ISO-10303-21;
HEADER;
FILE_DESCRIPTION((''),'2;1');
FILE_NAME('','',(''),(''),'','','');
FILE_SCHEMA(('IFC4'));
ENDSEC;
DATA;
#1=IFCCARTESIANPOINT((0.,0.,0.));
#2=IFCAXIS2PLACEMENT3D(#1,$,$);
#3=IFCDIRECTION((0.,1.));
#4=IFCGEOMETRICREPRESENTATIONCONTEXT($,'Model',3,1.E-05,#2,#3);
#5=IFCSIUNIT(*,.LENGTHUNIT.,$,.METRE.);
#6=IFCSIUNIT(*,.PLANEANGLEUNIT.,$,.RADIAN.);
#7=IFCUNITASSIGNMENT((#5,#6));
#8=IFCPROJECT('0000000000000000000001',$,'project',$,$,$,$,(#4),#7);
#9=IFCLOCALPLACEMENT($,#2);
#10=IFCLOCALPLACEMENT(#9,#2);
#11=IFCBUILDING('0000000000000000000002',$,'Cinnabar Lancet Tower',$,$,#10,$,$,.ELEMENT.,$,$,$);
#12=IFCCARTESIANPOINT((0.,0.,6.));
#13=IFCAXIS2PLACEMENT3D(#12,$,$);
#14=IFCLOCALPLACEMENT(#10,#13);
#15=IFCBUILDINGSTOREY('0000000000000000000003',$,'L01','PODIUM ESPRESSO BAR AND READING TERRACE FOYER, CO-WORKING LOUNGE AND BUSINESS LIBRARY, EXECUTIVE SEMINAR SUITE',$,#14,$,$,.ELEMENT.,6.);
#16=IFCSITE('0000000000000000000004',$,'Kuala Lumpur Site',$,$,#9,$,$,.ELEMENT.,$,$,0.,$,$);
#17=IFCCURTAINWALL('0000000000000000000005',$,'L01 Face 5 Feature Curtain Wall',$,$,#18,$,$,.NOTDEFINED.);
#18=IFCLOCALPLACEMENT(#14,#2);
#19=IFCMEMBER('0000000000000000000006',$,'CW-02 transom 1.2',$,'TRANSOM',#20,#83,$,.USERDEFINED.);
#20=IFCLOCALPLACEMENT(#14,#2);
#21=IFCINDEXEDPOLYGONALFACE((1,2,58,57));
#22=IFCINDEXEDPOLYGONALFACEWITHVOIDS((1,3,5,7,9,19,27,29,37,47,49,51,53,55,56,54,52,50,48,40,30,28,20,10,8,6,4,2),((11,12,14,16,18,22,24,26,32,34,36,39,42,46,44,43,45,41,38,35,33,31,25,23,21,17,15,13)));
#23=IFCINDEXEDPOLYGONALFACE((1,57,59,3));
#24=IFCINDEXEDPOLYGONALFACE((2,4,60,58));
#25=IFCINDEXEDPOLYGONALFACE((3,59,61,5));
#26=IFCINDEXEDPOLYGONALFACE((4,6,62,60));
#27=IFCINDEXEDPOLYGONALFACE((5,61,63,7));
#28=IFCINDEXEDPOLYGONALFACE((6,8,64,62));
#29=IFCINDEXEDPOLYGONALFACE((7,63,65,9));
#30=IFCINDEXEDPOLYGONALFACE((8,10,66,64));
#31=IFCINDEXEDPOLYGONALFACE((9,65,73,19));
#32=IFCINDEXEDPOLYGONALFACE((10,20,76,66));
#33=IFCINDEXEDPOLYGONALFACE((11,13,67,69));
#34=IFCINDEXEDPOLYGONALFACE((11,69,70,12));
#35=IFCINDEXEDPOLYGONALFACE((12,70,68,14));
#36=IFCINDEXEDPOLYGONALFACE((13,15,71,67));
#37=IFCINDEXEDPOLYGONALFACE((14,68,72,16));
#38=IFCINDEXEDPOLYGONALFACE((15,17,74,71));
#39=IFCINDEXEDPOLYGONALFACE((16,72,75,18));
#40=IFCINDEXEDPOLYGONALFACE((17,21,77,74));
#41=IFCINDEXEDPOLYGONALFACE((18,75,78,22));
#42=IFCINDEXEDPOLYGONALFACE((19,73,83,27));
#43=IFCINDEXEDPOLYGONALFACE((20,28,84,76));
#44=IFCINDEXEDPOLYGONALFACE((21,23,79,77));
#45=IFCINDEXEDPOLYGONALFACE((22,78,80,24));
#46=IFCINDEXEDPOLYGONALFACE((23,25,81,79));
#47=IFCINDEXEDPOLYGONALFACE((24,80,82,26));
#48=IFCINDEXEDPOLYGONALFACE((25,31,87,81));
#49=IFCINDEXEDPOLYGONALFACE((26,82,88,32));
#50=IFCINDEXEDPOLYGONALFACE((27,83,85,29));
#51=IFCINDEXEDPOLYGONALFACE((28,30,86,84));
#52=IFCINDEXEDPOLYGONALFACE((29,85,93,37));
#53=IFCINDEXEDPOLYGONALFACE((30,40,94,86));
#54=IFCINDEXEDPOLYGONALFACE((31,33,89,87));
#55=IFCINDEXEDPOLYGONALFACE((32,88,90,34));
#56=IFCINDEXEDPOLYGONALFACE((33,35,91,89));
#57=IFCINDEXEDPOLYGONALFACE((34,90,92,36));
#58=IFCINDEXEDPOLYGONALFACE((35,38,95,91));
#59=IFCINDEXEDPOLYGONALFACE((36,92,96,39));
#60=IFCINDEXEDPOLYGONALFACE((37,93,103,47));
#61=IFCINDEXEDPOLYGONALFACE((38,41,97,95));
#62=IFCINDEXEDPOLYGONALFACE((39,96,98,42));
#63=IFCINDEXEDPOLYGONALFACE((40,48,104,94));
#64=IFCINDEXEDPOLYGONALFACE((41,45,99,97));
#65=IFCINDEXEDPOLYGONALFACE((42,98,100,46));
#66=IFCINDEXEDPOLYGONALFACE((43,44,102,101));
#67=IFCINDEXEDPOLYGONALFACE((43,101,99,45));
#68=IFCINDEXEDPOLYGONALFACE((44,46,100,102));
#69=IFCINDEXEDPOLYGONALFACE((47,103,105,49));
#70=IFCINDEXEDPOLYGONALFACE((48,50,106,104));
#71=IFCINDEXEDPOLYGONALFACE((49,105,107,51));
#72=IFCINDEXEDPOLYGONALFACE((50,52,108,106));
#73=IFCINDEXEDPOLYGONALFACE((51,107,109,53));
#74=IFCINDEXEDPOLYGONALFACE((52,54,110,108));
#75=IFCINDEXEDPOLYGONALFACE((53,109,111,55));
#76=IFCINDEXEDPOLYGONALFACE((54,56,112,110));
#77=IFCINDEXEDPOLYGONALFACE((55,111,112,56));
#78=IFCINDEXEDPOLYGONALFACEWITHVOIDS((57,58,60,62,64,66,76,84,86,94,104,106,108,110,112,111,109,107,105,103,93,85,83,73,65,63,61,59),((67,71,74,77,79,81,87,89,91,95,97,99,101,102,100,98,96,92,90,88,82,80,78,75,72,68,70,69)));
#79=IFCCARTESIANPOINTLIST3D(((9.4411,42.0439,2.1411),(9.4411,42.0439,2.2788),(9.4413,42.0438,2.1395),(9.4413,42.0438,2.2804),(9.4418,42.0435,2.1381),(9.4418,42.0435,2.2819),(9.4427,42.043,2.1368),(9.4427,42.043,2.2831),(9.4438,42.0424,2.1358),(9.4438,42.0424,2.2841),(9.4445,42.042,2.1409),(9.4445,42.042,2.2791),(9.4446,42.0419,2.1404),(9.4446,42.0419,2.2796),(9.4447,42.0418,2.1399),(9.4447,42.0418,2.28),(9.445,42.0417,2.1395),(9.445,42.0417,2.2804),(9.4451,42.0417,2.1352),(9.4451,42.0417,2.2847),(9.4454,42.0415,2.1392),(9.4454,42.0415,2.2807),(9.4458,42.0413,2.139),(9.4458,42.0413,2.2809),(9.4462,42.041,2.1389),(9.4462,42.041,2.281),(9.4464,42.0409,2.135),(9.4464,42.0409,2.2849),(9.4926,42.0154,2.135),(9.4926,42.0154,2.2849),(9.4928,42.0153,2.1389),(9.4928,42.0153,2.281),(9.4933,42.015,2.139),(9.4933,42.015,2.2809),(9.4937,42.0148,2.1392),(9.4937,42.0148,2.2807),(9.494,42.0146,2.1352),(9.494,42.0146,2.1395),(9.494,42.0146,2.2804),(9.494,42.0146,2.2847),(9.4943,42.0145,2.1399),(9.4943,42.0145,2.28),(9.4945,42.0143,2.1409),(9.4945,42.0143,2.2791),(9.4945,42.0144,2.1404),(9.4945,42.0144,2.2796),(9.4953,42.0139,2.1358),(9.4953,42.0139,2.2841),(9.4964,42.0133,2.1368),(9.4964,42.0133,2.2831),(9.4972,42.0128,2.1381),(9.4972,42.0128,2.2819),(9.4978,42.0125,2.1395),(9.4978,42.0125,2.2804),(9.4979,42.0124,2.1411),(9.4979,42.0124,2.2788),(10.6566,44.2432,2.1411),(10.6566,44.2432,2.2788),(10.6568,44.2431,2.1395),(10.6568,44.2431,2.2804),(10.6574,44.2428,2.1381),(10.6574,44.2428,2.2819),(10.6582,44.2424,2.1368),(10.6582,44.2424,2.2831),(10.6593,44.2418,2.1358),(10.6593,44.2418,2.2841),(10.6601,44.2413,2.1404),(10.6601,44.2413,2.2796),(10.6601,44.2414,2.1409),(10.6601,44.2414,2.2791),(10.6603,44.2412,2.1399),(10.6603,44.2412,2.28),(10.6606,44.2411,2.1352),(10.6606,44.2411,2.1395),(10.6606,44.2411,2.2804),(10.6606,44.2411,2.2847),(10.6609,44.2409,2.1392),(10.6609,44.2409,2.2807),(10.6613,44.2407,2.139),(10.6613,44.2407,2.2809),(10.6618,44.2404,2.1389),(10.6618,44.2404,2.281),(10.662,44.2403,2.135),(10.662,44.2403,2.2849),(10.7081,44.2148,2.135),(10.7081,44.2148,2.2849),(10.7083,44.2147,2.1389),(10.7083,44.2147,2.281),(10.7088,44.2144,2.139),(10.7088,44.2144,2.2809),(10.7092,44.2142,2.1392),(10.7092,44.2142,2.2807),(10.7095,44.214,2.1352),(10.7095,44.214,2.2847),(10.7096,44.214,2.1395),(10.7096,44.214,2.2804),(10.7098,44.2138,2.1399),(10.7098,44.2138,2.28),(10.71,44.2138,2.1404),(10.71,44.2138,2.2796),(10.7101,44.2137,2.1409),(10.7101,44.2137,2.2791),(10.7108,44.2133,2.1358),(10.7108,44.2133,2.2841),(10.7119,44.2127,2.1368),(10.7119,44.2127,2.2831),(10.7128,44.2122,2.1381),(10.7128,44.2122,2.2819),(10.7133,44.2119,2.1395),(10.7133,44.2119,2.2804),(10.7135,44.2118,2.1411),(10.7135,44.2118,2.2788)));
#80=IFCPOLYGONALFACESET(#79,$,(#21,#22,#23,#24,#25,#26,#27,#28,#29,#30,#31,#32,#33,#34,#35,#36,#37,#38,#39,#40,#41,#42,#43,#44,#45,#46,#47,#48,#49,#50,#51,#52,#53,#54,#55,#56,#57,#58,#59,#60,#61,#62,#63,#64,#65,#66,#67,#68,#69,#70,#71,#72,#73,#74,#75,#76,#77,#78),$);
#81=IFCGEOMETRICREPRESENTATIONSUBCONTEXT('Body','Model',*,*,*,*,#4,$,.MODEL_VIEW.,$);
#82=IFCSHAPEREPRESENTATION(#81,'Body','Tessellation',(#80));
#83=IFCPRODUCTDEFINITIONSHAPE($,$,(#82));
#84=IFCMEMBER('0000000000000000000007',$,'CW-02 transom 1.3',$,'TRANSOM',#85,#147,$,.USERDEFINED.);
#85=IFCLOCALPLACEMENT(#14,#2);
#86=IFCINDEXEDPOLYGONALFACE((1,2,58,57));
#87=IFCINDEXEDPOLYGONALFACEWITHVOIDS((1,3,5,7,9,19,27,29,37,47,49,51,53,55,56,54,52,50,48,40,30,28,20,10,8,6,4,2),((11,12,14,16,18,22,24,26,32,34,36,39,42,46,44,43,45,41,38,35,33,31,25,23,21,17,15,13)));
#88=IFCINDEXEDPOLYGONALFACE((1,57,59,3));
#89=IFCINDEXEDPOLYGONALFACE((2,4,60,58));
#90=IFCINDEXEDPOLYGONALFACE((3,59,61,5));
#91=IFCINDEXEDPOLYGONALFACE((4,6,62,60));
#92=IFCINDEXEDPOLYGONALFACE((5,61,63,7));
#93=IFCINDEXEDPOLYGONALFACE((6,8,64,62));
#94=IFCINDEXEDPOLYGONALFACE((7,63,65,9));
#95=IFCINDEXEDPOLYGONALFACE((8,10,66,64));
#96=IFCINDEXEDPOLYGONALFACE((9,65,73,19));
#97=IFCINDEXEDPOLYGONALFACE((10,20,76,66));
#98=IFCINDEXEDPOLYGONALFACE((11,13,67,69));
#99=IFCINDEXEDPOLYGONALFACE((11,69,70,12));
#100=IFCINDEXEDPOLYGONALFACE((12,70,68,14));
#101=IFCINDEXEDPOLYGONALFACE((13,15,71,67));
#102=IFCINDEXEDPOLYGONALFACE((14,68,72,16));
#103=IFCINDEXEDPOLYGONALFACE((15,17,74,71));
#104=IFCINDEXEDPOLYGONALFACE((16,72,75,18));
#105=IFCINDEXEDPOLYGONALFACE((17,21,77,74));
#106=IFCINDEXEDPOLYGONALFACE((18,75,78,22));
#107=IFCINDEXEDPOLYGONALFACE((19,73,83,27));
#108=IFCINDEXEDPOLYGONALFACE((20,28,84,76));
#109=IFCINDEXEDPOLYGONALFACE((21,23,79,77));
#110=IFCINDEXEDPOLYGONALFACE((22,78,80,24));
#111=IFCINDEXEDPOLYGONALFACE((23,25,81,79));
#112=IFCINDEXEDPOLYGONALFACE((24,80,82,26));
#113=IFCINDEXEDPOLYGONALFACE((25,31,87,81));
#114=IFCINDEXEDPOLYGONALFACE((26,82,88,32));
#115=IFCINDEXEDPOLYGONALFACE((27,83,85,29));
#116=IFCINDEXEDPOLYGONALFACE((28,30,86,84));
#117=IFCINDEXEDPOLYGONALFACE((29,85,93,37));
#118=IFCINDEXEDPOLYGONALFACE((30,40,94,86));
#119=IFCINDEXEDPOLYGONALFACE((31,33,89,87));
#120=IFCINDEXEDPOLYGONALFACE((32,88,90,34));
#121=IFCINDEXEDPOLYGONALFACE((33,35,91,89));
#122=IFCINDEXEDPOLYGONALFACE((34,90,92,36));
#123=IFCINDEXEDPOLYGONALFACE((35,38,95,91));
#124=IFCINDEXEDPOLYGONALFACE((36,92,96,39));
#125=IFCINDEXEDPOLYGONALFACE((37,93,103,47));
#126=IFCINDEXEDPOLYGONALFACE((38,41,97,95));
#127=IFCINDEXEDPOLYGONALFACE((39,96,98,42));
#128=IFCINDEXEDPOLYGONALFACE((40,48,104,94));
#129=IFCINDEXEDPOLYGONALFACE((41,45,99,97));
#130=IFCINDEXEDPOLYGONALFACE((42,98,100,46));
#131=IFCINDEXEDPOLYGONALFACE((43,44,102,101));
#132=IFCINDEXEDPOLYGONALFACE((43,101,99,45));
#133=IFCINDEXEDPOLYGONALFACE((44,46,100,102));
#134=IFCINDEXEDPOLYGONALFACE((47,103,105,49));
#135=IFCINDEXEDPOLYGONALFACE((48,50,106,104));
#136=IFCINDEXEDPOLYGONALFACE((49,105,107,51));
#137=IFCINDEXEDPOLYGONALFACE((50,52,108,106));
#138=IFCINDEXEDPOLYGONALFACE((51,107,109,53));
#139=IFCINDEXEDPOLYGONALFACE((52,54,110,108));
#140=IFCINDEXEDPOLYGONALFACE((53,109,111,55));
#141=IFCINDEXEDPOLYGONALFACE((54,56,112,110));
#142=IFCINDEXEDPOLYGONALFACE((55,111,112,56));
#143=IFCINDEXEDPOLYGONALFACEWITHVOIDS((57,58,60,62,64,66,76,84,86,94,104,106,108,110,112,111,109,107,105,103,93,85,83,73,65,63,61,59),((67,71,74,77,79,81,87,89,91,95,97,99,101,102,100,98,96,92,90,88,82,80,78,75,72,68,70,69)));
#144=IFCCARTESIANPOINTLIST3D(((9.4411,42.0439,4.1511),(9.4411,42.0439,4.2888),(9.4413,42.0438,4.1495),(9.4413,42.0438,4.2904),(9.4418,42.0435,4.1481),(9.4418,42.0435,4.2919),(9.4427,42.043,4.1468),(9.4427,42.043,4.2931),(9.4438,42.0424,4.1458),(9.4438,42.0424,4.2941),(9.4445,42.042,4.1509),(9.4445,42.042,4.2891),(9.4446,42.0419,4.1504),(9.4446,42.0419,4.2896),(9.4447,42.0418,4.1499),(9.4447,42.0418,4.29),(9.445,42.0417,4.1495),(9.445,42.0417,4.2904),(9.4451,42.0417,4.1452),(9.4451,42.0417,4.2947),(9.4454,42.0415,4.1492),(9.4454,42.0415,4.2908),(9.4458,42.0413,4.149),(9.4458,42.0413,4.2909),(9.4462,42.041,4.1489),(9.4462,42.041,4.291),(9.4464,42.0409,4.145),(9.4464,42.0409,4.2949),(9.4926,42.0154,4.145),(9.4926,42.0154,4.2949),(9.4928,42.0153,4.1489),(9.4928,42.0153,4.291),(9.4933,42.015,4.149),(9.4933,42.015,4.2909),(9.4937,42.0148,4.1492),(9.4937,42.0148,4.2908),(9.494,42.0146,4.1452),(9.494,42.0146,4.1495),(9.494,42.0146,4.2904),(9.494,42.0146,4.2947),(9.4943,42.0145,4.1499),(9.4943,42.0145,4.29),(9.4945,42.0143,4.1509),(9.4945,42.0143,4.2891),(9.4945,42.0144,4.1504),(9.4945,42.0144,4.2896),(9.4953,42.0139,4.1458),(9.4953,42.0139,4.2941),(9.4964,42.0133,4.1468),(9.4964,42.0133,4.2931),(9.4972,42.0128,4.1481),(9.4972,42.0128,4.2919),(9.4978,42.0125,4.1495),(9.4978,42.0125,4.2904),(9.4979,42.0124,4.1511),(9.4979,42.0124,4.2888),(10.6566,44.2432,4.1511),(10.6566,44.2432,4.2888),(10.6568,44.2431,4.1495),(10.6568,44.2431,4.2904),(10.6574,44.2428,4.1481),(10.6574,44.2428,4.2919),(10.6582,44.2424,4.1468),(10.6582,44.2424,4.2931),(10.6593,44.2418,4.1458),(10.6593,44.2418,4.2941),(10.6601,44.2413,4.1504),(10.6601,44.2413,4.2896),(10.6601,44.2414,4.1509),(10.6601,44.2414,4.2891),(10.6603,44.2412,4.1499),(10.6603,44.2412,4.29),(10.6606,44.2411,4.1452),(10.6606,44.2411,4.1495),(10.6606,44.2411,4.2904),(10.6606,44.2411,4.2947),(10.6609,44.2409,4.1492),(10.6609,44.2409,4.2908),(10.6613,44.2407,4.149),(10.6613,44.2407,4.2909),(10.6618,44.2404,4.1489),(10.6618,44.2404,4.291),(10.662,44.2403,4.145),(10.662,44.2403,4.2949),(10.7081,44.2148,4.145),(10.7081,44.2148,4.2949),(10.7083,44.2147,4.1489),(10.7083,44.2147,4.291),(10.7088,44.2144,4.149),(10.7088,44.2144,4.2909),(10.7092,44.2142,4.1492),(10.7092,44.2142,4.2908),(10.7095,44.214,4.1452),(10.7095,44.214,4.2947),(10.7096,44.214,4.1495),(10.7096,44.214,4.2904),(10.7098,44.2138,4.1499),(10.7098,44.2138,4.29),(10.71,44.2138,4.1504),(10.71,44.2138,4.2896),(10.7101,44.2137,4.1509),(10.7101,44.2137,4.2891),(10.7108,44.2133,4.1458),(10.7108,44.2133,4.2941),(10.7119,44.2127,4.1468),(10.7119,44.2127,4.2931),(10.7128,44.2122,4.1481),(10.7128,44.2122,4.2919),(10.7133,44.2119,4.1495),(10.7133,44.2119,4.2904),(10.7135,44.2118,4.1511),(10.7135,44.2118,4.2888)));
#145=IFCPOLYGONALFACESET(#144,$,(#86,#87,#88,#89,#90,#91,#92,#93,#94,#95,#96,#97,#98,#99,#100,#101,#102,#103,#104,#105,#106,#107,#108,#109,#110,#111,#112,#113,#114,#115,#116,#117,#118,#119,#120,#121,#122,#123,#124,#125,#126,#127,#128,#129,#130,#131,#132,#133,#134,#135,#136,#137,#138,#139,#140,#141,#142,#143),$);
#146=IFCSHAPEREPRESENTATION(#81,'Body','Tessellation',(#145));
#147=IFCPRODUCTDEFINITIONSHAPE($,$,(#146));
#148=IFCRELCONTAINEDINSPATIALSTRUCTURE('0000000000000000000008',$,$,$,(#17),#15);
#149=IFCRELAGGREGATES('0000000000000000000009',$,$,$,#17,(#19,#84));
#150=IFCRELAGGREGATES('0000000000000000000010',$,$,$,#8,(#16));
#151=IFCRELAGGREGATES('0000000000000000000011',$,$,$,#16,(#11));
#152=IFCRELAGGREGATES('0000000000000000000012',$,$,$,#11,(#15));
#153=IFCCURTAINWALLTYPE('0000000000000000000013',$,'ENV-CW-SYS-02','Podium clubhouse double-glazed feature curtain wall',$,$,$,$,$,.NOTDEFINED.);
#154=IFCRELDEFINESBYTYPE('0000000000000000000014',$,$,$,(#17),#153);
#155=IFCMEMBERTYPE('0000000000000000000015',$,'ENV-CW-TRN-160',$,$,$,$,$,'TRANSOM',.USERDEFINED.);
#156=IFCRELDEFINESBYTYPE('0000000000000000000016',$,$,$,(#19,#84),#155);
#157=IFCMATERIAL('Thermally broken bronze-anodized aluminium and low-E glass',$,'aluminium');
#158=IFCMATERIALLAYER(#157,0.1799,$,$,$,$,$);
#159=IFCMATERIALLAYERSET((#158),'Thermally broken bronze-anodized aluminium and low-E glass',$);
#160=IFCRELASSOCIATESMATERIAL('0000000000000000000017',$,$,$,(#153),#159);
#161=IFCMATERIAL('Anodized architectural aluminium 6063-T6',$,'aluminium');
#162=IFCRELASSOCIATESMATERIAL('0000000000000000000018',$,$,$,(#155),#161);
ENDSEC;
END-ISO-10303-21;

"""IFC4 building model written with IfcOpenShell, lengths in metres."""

from ifc_helpers import new_model, si_unit, direction, frame, origin, origin_2d, place, context, subcontext, project, spatial, hollow_rectangle, extrude, material, layer, layer_set, material_profile, profile_set, type_object, element, aggregate, save


model = new_model("IFC4")

# Units and contexts
model_context = context("Model", 3, precision=1e-05, world=origin(), true_north=direction((0.0, 1.0)))
body_context = subcontext(model_context, "Body", "Model", "MODEL_VIEW")
ifc_project = project(units=[si_unit("LENGTHUNIT", "METRE"), si_unit("PLANEANGLEUNIT", "RADIAN")], contexts=[model_context])

# Site, building, storey
site_placement = place(None, origin())
site = spatial("IfcSite", under=ifc_project, at=site_placement, Name="Kuala Lumpur Site", CompositionType="ELEMENT", RefElevation=0.0)
building_placement = place(site_placement, origin())
building = spatial("IfcBuilding", under=site, at=building_placement, Name="Cinnabar Lancet Tower", CompositionType="ELEMENT")
storey_placement = place(building_placement, frame((0.0, 0.0, 6.0)))
storey = spatial("IfcBuildingStorey", under=building, at=storey_placement, Name="L01", Description="PODIUM ESPRESSO BAR AND READING TERRACE FOYER, CO-WORKING LOUNGE AND BUSINESS LIBRARY, EXECUTIVE SEMINAR SUITE", CompositionType="ELEMENT", Elevation=6.0)

# Curtain wall, members
ifc_material_1 = material(Name="Thermally broken bronze-anodized aluminium and low-E glass", Category="aluminium")
ifc_layer_1 = layer(ifc_material_1, 0.1799)
ifc_layer_set_1 = layer_set([ifc_layer_1], Name="Thermally broken bronze-anodized aluminium and low-E glass")
curtain_wall_type = type_object("IfcCurtainWallType", Name="ENV-CW-SYS-02", Description="Podium clubhouse double-glazed feature curtain wall", PredefinedType="NOTDEFINED", material=ifc_layer_set_1)
curtain_wall_placement = place(storey_placement, origin())
curtain_wall = element("IfcCurtainWall", 1, at=curtain_wall_placement, inside=storey, type_object=curtain_wall_type, Name="L01 Face 5 Feature Curtain Wall", PredefinedType="NOTDEFINED")
ifc_material_2 = material(Name="Anodized architectural aluminium 6063-T6", Category="aluminium")
ifc_material_profile_1 = material_profile(ifc_material_2, hollow_rectangle(XDim=0.0649, YDim=0.1499, WallThickness=0.0039, InnerFilletRadius=0.002, OuterFilletRadius=0.0061, at=origin_2d()), Name="CW-TRN 150x65x4")
ifc_profile_set_1 = profile_set([ifc_material_profile_1], Name="Anodized architectural aluminium 6063-T6")
member_type_1 = type_object("IfcMemberType", Name="ENV-CW-TRN-160", ElementType="TRANSOM", PredefinedType="USERDEFINED", material=ifc_profile_set_1)
member_1_placement = place(storey_placement, frame((10.6851, 44.2275, 2.21), z_axis=(-0.483712, -0.875227, 0.0), x_axis=(0.875227, -0.483712, 0.0)))
member_1 = element("IfcMember", 2, at=member_1_placement, type_object=member_type_1, Name="CW-02 transom 1.2", ObjectType="TRANSOM", PredefinedType="USERDEFINED", context=body_context, shape_type="SweptSolid", body=[
    extrude(hollow_rectangle(XDim=0.0649, YDim=0.1499, WallThickness=0.0039, InnerFilletRadius=0.002, OuterFilletRadius=0.0061, at=origin_2d()), origin(), (0.0, 0.0, 1.0), 2.5129),
])
member_2_placement = place(storey_placement, frame((10.6851, 44.2275, 4.22), z_axis=(-0.483712, -0.875227, 0.0), x_axis=(0.875227, -0.483712, 0.0)))
member_2 = element("IfcMember", 3, at=member_2_placement, type_object=member_type_1, Name="CW-02 transom 1.3", ObjectType="TRANSOM", PredefinedType="USERDEFINED", context=body_context, shape_type="SweptSolid", body=[
    extrude(hollow_rectangle(XDim=0.0649, YDim=0.1499, WallThickness=0.0039, InnerFilletRadius=0.002, OuterFilletRadius=0.0061, at=origin_2d()), origin(), (0.0, 0.0, 1.0), 2.5129),
])

aggregate(curtain_wall, [member_1, member_2])

save(model, "model.ifc")
